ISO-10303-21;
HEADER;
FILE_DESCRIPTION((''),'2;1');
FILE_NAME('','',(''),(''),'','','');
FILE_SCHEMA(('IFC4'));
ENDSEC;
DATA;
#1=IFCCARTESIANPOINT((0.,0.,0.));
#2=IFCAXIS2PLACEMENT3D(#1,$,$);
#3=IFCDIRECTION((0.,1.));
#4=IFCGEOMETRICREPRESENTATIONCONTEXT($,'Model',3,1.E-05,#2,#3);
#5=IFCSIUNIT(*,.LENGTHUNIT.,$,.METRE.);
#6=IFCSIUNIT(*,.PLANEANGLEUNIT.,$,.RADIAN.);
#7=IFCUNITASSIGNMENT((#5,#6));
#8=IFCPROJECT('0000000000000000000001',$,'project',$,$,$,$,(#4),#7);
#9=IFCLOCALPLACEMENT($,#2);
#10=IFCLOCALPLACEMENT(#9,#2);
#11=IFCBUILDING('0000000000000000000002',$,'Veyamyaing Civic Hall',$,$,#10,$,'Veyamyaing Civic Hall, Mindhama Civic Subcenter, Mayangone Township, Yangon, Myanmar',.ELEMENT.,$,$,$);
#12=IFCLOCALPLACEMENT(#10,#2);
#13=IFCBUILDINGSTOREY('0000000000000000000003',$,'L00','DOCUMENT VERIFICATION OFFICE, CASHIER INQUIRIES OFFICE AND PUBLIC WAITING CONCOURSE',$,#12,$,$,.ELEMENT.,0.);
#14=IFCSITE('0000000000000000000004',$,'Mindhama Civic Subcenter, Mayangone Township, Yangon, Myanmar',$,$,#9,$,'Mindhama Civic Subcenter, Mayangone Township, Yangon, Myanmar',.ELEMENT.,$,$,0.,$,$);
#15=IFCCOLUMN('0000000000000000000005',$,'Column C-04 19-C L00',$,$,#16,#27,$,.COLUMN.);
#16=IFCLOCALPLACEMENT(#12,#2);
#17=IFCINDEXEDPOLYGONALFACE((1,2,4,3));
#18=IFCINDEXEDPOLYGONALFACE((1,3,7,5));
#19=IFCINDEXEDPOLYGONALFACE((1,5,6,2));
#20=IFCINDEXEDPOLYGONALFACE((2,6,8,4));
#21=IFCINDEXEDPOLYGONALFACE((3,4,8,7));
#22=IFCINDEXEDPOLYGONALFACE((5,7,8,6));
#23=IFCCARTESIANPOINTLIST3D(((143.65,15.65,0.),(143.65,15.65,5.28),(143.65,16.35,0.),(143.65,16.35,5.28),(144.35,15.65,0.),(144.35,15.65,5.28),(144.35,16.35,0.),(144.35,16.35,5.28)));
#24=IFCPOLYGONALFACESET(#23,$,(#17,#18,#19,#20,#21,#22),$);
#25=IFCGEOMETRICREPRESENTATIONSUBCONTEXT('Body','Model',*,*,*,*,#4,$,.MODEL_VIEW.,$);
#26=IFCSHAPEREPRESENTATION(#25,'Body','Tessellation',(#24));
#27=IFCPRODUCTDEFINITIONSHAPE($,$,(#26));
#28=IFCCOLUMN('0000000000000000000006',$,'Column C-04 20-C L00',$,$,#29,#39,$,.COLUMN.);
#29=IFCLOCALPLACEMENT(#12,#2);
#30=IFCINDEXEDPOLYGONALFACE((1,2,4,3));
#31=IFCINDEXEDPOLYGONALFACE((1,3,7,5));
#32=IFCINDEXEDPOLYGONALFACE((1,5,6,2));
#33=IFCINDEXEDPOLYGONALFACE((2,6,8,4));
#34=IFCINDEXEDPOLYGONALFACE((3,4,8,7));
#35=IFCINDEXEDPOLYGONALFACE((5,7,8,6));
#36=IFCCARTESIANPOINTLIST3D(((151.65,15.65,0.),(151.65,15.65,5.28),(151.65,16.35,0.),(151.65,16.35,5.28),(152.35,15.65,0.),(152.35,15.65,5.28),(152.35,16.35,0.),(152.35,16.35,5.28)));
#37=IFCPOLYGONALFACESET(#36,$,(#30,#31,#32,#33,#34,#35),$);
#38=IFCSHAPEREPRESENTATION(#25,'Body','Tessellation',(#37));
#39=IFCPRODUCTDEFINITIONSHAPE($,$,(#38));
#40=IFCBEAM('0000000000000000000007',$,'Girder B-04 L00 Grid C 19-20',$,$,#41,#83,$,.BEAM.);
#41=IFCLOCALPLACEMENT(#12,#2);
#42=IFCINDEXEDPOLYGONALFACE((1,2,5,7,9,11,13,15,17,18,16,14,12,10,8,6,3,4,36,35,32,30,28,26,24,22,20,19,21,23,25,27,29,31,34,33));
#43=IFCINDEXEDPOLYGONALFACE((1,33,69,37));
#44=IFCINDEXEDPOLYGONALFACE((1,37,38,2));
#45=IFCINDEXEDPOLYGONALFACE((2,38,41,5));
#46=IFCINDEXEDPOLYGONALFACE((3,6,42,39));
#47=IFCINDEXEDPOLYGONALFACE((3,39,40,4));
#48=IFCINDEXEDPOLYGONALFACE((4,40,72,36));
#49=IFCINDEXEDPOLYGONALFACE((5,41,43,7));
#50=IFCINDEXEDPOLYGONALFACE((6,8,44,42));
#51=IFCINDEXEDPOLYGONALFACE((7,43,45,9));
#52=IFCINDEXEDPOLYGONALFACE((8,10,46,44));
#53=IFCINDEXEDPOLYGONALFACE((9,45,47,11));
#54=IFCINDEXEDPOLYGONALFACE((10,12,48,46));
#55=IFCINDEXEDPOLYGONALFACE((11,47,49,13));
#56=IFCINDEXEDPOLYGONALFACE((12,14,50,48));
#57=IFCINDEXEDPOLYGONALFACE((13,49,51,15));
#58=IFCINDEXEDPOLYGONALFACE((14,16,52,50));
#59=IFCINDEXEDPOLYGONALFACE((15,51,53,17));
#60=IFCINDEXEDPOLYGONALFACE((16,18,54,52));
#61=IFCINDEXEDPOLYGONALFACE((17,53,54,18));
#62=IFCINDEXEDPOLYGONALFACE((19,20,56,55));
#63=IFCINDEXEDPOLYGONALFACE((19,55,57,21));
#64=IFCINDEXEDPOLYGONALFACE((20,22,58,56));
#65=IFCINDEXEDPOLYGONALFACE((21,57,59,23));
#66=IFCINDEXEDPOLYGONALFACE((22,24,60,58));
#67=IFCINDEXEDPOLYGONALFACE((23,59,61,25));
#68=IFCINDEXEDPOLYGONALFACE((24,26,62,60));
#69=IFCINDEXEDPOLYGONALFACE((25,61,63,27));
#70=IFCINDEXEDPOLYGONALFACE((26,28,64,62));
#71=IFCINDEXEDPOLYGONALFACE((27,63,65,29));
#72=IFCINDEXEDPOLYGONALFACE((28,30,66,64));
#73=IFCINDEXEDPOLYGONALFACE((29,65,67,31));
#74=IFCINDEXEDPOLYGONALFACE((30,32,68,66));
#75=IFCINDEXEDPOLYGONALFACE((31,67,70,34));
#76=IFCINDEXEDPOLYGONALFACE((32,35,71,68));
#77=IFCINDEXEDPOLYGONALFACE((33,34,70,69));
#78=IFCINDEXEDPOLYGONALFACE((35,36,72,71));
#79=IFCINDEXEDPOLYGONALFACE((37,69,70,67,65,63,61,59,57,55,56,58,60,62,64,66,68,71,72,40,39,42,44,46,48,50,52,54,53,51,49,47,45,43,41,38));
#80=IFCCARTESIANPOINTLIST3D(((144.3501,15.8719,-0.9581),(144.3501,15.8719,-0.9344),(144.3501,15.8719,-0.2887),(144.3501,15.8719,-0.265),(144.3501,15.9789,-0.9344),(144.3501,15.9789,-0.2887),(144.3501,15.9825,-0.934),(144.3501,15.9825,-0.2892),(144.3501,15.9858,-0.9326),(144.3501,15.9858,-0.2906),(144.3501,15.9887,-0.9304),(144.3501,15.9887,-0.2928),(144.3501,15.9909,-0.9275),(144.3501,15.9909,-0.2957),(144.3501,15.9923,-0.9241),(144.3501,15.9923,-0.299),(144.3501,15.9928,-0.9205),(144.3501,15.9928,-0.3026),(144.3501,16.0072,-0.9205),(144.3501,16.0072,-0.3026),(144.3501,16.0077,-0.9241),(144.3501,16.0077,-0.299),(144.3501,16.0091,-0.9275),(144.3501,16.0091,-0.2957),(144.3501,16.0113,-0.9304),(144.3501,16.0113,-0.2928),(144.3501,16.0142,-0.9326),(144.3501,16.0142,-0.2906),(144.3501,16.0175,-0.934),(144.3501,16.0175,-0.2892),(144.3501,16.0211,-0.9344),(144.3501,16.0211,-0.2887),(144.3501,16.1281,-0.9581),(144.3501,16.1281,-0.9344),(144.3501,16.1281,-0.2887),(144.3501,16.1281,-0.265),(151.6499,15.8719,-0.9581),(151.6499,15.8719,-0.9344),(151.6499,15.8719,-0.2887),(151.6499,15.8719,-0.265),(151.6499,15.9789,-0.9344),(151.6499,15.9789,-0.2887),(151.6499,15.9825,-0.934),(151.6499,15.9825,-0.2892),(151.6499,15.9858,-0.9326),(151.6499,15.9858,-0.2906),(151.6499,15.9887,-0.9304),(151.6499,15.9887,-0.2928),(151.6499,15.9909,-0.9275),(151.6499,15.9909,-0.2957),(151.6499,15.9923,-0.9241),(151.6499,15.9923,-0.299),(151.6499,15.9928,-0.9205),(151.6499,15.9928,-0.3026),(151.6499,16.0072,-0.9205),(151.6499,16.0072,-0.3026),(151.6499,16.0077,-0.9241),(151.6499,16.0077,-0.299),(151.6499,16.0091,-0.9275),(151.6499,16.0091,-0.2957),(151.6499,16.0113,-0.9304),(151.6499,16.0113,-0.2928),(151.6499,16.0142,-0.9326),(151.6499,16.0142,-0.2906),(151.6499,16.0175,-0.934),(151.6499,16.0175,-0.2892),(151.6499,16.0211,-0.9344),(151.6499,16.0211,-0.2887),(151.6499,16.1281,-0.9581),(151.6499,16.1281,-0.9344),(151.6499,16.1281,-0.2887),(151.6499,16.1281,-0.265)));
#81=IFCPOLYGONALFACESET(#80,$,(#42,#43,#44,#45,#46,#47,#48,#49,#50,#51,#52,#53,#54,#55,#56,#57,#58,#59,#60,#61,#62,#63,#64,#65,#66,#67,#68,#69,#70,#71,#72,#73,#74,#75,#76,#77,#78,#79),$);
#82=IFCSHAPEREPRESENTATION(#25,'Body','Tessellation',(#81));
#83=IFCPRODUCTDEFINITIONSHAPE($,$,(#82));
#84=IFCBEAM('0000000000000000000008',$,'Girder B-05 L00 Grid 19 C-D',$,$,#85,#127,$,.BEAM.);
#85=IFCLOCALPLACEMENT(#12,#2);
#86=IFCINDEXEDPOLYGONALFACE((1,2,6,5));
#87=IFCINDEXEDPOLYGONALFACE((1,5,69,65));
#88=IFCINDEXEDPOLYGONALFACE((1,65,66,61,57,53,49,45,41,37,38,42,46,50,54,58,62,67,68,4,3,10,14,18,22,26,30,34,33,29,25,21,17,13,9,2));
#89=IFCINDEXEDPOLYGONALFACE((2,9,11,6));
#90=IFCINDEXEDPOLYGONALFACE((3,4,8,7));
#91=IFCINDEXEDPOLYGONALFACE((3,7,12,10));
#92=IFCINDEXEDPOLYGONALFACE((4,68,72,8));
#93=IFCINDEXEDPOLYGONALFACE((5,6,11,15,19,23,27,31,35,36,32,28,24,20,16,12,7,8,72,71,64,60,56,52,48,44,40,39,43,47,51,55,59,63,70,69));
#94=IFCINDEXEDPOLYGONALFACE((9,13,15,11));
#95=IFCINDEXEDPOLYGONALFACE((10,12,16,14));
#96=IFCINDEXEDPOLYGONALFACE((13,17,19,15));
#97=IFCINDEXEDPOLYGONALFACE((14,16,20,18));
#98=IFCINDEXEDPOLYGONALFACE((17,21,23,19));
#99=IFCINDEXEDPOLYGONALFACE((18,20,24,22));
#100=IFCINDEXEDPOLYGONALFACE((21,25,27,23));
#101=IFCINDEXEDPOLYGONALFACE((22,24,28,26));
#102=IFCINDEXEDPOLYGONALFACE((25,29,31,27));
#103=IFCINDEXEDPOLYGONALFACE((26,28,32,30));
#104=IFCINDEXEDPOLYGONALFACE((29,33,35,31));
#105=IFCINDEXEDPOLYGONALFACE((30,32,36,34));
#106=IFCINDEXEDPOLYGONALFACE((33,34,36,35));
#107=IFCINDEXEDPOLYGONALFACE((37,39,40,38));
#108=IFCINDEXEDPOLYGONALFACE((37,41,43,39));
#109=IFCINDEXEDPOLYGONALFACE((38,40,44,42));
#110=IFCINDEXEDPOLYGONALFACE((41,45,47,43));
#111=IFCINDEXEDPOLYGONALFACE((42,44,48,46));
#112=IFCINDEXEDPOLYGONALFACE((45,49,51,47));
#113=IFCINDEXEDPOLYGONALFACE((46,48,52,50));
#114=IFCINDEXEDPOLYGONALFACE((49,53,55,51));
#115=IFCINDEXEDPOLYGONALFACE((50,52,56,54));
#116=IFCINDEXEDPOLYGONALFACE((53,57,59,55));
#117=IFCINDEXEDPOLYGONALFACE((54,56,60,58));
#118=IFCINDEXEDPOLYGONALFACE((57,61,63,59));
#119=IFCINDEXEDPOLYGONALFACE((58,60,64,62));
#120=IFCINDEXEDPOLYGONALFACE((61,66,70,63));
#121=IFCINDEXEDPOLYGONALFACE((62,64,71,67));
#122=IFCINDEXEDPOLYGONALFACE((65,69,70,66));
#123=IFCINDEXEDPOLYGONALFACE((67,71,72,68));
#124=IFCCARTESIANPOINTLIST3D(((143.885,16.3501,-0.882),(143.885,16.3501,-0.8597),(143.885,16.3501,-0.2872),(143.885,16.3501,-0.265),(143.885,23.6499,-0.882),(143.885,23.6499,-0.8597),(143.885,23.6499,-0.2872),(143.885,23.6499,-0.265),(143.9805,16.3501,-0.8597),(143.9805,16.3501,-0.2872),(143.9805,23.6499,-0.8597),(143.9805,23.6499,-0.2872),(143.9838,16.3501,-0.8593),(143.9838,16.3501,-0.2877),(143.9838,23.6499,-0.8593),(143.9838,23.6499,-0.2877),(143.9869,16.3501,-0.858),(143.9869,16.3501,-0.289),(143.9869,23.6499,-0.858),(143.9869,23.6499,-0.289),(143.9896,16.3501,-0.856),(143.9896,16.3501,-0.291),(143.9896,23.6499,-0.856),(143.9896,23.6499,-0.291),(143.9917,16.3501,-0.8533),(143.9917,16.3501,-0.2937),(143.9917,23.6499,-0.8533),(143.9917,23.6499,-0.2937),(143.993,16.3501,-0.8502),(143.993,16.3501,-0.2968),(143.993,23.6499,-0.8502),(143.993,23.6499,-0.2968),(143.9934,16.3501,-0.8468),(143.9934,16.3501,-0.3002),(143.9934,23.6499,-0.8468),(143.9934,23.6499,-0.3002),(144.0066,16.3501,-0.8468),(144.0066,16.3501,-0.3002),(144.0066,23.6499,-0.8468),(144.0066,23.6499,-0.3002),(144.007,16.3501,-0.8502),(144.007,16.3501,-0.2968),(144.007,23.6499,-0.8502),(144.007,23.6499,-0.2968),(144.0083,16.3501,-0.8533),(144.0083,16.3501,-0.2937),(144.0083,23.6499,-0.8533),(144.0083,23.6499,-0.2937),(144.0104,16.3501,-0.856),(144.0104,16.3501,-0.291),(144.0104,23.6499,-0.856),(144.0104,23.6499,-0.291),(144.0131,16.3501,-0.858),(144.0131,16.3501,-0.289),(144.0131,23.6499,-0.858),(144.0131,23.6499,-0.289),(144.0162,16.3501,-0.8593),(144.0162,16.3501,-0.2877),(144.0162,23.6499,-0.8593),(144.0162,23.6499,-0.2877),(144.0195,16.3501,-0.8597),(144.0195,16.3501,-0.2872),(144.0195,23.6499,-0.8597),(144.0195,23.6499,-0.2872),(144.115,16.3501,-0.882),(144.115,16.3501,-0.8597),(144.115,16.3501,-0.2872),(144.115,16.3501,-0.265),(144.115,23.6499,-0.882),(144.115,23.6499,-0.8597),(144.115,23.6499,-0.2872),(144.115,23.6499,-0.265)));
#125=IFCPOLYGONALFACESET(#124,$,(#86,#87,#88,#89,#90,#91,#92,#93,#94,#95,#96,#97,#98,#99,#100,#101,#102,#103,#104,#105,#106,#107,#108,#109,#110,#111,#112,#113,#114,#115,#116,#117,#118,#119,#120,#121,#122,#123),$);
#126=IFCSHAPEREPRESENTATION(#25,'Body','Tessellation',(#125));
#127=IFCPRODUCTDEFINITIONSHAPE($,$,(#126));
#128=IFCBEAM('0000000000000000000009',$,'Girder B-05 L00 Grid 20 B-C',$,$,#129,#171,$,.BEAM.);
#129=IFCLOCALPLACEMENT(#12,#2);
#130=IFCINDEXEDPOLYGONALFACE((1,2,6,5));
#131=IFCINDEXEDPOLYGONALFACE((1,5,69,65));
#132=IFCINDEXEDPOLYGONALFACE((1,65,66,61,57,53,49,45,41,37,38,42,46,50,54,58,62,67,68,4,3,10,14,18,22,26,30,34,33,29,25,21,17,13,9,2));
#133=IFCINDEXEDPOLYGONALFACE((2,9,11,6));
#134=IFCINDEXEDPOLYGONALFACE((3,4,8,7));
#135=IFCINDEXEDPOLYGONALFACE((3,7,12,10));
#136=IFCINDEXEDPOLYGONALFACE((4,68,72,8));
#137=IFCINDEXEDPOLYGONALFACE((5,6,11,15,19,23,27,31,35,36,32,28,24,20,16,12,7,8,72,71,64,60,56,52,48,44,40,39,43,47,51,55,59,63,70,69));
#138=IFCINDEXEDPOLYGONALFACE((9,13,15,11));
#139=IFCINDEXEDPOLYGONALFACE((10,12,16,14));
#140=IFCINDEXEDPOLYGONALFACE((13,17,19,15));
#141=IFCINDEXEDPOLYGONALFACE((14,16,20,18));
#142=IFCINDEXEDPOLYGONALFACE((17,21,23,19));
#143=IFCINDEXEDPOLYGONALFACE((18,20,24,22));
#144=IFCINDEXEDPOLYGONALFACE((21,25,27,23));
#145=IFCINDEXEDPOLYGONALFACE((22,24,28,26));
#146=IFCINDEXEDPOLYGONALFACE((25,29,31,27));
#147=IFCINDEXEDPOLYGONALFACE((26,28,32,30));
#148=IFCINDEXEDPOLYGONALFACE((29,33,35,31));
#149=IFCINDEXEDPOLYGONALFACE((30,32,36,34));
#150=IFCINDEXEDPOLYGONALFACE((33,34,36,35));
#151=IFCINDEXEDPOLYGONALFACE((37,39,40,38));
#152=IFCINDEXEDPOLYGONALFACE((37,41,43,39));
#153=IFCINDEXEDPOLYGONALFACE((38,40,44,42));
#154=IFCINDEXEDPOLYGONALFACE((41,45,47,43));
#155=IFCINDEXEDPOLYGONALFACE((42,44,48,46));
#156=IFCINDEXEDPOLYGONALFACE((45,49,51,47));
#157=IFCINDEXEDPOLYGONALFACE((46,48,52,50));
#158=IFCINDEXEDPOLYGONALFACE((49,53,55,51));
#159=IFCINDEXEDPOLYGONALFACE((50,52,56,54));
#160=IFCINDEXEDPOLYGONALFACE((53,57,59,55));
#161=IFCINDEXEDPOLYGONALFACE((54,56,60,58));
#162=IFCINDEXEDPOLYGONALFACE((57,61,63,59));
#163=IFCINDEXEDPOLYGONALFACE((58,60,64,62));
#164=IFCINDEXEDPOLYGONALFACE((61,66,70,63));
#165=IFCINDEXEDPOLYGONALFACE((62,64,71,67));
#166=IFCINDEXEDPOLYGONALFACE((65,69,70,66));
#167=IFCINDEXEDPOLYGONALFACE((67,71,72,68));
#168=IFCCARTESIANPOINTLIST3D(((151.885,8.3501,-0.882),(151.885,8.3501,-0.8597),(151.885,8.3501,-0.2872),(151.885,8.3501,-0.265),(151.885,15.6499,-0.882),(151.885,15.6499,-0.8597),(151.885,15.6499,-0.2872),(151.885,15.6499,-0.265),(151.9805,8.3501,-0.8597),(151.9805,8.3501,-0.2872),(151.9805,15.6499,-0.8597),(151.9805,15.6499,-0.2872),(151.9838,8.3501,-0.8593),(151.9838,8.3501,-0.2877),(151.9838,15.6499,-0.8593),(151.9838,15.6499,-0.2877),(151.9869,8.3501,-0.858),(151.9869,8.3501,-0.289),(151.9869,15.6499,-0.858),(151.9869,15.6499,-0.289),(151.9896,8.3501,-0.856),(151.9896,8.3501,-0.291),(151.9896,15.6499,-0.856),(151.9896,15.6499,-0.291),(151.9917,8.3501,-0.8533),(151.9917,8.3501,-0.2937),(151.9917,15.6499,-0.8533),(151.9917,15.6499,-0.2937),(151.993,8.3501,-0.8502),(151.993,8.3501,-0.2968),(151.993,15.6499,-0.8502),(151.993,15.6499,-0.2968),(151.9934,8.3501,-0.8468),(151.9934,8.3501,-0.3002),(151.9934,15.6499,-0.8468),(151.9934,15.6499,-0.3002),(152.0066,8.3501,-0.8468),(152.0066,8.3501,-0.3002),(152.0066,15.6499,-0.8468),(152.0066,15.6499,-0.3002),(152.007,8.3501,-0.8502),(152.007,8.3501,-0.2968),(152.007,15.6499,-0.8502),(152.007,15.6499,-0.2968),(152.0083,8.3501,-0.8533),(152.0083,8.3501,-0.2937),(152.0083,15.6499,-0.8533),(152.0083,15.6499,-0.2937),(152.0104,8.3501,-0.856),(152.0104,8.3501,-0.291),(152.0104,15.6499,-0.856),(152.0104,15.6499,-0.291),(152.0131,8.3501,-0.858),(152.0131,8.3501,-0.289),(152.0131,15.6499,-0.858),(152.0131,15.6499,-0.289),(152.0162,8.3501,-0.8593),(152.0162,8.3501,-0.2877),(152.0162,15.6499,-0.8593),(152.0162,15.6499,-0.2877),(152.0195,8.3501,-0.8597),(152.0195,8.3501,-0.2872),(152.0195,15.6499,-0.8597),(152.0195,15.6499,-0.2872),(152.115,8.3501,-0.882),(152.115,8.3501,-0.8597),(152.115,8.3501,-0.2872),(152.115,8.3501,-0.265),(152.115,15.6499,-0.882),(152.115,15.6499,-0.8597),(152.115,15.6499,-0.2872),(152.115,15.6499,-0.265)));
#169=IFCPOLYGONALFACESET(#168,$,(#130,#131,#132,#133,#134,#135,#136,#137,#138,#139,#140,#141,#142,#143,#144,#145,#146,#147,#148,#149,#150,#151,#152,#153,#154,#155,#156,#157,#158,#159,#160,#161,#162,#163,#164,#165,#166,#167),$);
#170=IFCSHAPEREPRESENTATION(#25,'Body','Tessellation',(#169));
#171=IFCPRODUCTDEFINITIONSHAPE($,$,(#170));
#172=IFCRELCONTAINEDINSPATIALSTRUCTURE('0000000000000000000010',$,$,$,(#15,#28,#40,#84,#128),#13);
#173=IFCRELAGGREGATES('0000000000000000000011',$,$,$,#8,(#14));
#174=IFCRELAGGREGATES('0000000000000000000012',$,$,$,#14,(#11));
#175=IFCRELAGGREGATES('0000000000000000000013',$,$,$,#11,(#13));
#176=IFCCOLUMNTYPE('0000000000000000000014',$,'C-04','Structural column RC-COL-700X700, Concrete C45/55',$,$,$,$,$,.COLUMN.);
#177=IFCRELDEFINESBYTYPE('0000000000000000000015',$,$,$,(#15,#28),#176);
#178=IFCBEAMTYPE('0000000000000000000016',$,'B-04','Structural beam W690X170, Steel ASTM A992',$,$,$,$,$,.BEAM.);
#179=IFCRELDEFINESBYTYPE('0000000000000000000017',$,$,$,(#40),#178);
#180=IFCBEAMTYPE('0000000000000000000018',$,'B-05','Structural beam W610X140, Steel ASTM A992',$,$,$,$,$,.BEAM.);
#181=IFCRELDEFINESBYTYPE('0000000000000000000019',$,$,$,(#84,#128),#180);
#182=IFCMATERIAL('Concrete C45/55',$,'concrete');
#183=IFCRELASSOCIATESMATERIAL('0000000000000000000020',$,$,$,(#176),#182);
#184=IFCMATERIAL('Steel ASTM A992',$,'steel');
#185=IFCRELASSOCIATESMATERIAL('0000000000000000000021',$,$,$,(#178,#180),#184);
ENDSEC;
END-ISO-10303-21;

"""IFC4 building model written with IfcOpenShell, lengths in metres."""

from ifc_helpers import new_model, si_unit, direction, frame, origin, origin_2d, place, context, subcontext, project, spatial, rectangle, i_section, extrude, material, material_profile, profile_set, type_object, element, save


model = new_model("IFC4")

# Units and contexts
model_context = context("Model", 3, precision=1e-05, world=origin(), true_north=direction((0.0, 1.0)))
body_context = subcontext(model_context, "Body", "Model", "MODEL_VIEW")
ifc_project = project(units=[si_unit("LENGTHUNIT", "METRE"), si_unit("PLANEANGLEUNIT", "RADIAN")], contexts=[model_context])

# Site, building, storey
site_placement = place(None, origin())
site = spatial("IfcSite", under=ifc_project, at=site_placement, Name="Mindhama Civic Subcenter, Mayangone Township, Yangon, Myanmar", LongName="Mindhama Civic Subcenter, Mayangone Township, Yangon, Myanmar", CompositionType="ELEMENT", RefElevation=0.0)
building_placement = place(site_placement, origin())
building = spatial("IfcBuilding", under=site, at=building_placement, Name="Veyamyaing Civic Hall", LongName="Veyamyaing Civic Hall, Mindhama Civic Subcenter, Mayangone Township, Yangon, Myanmar", CompositionType="ELEMENT")
storey_placement = place(building_placement, origin())
storey = spatial("IfcBuildingStorey", under=building, at=storey_placement, Name="L00", Description="DOCUMENT VERIFICATION OFFICE, CASHIER INQUIRIES OFFICE AND PUBLIC WAITING CONCOURSE", CompositionType="ELEMENT", Elevation=0.0)

# Columns
ifc_material_1 = material(Name="Concrete C45/55", Category="concrete")
ifc_material_profile_1 = material_profile(ifc_material_1, rectangle(XDim=0.7, YDim=0.7, at=origin_2d()), Name="RC-COL-700X700")
ifc_profile_set_1 = profile_set([ifc_material_profile_1], Name="Concrete C45/55")
column_type = type_object("IfcColumnType", Name="C-04", Description="Structural column RC-COL-700X700, Concrete C45/55", PredefinedType="COLUMN", material=ifc_profile_set_1)
for number, where, z_axis, x_axis, name in (
    (1, (144.0, 16.0, 0.0), (0.0, 0.0, 1.0), (1.0, 0.0, 0.0), "Column C-04 19-C L00"),
    (2, (152.0, 16.0, 0.0), (0.0, 0.0, 1.0), (1.0, 0.0, 0.0), "Column C-04 20-C L00"),
):
    element("IfcColumn", number, at=place(storey_placement, frame(where, z_axis=z_axis, x_axis=x_axis)), inside=storey, type_object=column_type, Name=name, PredefinedType="COLUMN", context=body_context, shape_type="SweptSolid", body=[
        extrude(rectangle(XDim=0.7, YDim=0.7, at=origin_2d()), origin(), (0.0, 0.0, 1.0), 5.28),
    ])

# Beams
ifc_material_2 = material(Name="Steel ASTM A992", Category="steel")
ifc_material_profile_2 = material_profile(ifc_material_2, i_section(OverallWidth=0.2561, OverallDepth=0.6931, WebThickness=0.0144, FlangeThickness=0.0237, FilletRadius=0.0139, at=origin_2d()), Name="W690X170")
ifc_profile_set_2 = profile_set([ifc_material_profile_2], Name="Steel ASTM A992")
beam_type_1 = type_object("IfcBeamType", Name="B-04", Description="Structural beam W690X170, Steel ASTM A992", PredefinedType="BEAM", material=ifc_profile_set_2)
beam_1_placement = place(storey_placement, frame((144.3501, 16.0, -0.6116), z_axis=(1.0, 0.0, 0.0), x_axis=(0.0, 1.0, 0.0)))
element("IfcBeam", 3, at=beam_1_placement, inside=storey, type_object=beam_type_1, Name="Girder B-04 L00 Grid C 19-20", PredefinedType="BEAM", context=body_context, shape_type="SweptSolid", body=[
    extrude(i_section(OverallWidth=0.2561, OverallDepth=0.6931, WebThickness=0.0144, FlangeThickness=0.0237, FilletRadius=0.0139, at=origin_2d()), origin(), (0.0, 0.0, 1.0), 7.2998),
])
ifc_material_profile_3 = material_profile(ifc_material_2, i_section(OverallWidth=0.23, OverallDepth=0.6169, WebThickness=0.0132, FlangeThickness=0.0222, FilletRadius=0.0129, at=origin_2d()), Name="W610X140")
ifc_profile_set_3 = profile_set([ifc_material_profile_3], Name="Steel ASTM A992")
beam_type_2 = type_object("IfcBeamType", Name="B-05", Description="Structural beam W610X140, Steel ASTM A992", PredefinedType="BEAM", material=ifc_profile_set_3)
for number, where, z_axis, x_axis, name in (
    (4, (144.0, 16.3501, -0.5735), (0.0, 1.0, 0.0), (-1.0, 0.0, 0.0), "Girder B-05 L00 Grid 19 C-D"),
    (5, (152.0, 8.3501, -0.5735), (0.0, 1.0, 0.0), (-1.0, 0.0, 0.0), "Girder B-05 L00 Grid 20 B-C"),
):
    element("IfcBeam", number, at=place(storey_placement, frame(where, z_axis=z_axis, x_axis=x_axis)), inside=storey, type_object=beam_type_2, Name=name, PredefinedType="BEAM", context=body_context, shape_type="SweptSolid", body=[
        extrude(i_section(OverallWidth=0.23, OverallDepth=0.6169, WebThickness=0.0132, FlangeThickness=0.0222, FilletRadius=0.0129, at=origin_2d()), origin(), (0.0, 0.0, 1.0), 7.2998),
    ])

save(model, "model.ifc")
